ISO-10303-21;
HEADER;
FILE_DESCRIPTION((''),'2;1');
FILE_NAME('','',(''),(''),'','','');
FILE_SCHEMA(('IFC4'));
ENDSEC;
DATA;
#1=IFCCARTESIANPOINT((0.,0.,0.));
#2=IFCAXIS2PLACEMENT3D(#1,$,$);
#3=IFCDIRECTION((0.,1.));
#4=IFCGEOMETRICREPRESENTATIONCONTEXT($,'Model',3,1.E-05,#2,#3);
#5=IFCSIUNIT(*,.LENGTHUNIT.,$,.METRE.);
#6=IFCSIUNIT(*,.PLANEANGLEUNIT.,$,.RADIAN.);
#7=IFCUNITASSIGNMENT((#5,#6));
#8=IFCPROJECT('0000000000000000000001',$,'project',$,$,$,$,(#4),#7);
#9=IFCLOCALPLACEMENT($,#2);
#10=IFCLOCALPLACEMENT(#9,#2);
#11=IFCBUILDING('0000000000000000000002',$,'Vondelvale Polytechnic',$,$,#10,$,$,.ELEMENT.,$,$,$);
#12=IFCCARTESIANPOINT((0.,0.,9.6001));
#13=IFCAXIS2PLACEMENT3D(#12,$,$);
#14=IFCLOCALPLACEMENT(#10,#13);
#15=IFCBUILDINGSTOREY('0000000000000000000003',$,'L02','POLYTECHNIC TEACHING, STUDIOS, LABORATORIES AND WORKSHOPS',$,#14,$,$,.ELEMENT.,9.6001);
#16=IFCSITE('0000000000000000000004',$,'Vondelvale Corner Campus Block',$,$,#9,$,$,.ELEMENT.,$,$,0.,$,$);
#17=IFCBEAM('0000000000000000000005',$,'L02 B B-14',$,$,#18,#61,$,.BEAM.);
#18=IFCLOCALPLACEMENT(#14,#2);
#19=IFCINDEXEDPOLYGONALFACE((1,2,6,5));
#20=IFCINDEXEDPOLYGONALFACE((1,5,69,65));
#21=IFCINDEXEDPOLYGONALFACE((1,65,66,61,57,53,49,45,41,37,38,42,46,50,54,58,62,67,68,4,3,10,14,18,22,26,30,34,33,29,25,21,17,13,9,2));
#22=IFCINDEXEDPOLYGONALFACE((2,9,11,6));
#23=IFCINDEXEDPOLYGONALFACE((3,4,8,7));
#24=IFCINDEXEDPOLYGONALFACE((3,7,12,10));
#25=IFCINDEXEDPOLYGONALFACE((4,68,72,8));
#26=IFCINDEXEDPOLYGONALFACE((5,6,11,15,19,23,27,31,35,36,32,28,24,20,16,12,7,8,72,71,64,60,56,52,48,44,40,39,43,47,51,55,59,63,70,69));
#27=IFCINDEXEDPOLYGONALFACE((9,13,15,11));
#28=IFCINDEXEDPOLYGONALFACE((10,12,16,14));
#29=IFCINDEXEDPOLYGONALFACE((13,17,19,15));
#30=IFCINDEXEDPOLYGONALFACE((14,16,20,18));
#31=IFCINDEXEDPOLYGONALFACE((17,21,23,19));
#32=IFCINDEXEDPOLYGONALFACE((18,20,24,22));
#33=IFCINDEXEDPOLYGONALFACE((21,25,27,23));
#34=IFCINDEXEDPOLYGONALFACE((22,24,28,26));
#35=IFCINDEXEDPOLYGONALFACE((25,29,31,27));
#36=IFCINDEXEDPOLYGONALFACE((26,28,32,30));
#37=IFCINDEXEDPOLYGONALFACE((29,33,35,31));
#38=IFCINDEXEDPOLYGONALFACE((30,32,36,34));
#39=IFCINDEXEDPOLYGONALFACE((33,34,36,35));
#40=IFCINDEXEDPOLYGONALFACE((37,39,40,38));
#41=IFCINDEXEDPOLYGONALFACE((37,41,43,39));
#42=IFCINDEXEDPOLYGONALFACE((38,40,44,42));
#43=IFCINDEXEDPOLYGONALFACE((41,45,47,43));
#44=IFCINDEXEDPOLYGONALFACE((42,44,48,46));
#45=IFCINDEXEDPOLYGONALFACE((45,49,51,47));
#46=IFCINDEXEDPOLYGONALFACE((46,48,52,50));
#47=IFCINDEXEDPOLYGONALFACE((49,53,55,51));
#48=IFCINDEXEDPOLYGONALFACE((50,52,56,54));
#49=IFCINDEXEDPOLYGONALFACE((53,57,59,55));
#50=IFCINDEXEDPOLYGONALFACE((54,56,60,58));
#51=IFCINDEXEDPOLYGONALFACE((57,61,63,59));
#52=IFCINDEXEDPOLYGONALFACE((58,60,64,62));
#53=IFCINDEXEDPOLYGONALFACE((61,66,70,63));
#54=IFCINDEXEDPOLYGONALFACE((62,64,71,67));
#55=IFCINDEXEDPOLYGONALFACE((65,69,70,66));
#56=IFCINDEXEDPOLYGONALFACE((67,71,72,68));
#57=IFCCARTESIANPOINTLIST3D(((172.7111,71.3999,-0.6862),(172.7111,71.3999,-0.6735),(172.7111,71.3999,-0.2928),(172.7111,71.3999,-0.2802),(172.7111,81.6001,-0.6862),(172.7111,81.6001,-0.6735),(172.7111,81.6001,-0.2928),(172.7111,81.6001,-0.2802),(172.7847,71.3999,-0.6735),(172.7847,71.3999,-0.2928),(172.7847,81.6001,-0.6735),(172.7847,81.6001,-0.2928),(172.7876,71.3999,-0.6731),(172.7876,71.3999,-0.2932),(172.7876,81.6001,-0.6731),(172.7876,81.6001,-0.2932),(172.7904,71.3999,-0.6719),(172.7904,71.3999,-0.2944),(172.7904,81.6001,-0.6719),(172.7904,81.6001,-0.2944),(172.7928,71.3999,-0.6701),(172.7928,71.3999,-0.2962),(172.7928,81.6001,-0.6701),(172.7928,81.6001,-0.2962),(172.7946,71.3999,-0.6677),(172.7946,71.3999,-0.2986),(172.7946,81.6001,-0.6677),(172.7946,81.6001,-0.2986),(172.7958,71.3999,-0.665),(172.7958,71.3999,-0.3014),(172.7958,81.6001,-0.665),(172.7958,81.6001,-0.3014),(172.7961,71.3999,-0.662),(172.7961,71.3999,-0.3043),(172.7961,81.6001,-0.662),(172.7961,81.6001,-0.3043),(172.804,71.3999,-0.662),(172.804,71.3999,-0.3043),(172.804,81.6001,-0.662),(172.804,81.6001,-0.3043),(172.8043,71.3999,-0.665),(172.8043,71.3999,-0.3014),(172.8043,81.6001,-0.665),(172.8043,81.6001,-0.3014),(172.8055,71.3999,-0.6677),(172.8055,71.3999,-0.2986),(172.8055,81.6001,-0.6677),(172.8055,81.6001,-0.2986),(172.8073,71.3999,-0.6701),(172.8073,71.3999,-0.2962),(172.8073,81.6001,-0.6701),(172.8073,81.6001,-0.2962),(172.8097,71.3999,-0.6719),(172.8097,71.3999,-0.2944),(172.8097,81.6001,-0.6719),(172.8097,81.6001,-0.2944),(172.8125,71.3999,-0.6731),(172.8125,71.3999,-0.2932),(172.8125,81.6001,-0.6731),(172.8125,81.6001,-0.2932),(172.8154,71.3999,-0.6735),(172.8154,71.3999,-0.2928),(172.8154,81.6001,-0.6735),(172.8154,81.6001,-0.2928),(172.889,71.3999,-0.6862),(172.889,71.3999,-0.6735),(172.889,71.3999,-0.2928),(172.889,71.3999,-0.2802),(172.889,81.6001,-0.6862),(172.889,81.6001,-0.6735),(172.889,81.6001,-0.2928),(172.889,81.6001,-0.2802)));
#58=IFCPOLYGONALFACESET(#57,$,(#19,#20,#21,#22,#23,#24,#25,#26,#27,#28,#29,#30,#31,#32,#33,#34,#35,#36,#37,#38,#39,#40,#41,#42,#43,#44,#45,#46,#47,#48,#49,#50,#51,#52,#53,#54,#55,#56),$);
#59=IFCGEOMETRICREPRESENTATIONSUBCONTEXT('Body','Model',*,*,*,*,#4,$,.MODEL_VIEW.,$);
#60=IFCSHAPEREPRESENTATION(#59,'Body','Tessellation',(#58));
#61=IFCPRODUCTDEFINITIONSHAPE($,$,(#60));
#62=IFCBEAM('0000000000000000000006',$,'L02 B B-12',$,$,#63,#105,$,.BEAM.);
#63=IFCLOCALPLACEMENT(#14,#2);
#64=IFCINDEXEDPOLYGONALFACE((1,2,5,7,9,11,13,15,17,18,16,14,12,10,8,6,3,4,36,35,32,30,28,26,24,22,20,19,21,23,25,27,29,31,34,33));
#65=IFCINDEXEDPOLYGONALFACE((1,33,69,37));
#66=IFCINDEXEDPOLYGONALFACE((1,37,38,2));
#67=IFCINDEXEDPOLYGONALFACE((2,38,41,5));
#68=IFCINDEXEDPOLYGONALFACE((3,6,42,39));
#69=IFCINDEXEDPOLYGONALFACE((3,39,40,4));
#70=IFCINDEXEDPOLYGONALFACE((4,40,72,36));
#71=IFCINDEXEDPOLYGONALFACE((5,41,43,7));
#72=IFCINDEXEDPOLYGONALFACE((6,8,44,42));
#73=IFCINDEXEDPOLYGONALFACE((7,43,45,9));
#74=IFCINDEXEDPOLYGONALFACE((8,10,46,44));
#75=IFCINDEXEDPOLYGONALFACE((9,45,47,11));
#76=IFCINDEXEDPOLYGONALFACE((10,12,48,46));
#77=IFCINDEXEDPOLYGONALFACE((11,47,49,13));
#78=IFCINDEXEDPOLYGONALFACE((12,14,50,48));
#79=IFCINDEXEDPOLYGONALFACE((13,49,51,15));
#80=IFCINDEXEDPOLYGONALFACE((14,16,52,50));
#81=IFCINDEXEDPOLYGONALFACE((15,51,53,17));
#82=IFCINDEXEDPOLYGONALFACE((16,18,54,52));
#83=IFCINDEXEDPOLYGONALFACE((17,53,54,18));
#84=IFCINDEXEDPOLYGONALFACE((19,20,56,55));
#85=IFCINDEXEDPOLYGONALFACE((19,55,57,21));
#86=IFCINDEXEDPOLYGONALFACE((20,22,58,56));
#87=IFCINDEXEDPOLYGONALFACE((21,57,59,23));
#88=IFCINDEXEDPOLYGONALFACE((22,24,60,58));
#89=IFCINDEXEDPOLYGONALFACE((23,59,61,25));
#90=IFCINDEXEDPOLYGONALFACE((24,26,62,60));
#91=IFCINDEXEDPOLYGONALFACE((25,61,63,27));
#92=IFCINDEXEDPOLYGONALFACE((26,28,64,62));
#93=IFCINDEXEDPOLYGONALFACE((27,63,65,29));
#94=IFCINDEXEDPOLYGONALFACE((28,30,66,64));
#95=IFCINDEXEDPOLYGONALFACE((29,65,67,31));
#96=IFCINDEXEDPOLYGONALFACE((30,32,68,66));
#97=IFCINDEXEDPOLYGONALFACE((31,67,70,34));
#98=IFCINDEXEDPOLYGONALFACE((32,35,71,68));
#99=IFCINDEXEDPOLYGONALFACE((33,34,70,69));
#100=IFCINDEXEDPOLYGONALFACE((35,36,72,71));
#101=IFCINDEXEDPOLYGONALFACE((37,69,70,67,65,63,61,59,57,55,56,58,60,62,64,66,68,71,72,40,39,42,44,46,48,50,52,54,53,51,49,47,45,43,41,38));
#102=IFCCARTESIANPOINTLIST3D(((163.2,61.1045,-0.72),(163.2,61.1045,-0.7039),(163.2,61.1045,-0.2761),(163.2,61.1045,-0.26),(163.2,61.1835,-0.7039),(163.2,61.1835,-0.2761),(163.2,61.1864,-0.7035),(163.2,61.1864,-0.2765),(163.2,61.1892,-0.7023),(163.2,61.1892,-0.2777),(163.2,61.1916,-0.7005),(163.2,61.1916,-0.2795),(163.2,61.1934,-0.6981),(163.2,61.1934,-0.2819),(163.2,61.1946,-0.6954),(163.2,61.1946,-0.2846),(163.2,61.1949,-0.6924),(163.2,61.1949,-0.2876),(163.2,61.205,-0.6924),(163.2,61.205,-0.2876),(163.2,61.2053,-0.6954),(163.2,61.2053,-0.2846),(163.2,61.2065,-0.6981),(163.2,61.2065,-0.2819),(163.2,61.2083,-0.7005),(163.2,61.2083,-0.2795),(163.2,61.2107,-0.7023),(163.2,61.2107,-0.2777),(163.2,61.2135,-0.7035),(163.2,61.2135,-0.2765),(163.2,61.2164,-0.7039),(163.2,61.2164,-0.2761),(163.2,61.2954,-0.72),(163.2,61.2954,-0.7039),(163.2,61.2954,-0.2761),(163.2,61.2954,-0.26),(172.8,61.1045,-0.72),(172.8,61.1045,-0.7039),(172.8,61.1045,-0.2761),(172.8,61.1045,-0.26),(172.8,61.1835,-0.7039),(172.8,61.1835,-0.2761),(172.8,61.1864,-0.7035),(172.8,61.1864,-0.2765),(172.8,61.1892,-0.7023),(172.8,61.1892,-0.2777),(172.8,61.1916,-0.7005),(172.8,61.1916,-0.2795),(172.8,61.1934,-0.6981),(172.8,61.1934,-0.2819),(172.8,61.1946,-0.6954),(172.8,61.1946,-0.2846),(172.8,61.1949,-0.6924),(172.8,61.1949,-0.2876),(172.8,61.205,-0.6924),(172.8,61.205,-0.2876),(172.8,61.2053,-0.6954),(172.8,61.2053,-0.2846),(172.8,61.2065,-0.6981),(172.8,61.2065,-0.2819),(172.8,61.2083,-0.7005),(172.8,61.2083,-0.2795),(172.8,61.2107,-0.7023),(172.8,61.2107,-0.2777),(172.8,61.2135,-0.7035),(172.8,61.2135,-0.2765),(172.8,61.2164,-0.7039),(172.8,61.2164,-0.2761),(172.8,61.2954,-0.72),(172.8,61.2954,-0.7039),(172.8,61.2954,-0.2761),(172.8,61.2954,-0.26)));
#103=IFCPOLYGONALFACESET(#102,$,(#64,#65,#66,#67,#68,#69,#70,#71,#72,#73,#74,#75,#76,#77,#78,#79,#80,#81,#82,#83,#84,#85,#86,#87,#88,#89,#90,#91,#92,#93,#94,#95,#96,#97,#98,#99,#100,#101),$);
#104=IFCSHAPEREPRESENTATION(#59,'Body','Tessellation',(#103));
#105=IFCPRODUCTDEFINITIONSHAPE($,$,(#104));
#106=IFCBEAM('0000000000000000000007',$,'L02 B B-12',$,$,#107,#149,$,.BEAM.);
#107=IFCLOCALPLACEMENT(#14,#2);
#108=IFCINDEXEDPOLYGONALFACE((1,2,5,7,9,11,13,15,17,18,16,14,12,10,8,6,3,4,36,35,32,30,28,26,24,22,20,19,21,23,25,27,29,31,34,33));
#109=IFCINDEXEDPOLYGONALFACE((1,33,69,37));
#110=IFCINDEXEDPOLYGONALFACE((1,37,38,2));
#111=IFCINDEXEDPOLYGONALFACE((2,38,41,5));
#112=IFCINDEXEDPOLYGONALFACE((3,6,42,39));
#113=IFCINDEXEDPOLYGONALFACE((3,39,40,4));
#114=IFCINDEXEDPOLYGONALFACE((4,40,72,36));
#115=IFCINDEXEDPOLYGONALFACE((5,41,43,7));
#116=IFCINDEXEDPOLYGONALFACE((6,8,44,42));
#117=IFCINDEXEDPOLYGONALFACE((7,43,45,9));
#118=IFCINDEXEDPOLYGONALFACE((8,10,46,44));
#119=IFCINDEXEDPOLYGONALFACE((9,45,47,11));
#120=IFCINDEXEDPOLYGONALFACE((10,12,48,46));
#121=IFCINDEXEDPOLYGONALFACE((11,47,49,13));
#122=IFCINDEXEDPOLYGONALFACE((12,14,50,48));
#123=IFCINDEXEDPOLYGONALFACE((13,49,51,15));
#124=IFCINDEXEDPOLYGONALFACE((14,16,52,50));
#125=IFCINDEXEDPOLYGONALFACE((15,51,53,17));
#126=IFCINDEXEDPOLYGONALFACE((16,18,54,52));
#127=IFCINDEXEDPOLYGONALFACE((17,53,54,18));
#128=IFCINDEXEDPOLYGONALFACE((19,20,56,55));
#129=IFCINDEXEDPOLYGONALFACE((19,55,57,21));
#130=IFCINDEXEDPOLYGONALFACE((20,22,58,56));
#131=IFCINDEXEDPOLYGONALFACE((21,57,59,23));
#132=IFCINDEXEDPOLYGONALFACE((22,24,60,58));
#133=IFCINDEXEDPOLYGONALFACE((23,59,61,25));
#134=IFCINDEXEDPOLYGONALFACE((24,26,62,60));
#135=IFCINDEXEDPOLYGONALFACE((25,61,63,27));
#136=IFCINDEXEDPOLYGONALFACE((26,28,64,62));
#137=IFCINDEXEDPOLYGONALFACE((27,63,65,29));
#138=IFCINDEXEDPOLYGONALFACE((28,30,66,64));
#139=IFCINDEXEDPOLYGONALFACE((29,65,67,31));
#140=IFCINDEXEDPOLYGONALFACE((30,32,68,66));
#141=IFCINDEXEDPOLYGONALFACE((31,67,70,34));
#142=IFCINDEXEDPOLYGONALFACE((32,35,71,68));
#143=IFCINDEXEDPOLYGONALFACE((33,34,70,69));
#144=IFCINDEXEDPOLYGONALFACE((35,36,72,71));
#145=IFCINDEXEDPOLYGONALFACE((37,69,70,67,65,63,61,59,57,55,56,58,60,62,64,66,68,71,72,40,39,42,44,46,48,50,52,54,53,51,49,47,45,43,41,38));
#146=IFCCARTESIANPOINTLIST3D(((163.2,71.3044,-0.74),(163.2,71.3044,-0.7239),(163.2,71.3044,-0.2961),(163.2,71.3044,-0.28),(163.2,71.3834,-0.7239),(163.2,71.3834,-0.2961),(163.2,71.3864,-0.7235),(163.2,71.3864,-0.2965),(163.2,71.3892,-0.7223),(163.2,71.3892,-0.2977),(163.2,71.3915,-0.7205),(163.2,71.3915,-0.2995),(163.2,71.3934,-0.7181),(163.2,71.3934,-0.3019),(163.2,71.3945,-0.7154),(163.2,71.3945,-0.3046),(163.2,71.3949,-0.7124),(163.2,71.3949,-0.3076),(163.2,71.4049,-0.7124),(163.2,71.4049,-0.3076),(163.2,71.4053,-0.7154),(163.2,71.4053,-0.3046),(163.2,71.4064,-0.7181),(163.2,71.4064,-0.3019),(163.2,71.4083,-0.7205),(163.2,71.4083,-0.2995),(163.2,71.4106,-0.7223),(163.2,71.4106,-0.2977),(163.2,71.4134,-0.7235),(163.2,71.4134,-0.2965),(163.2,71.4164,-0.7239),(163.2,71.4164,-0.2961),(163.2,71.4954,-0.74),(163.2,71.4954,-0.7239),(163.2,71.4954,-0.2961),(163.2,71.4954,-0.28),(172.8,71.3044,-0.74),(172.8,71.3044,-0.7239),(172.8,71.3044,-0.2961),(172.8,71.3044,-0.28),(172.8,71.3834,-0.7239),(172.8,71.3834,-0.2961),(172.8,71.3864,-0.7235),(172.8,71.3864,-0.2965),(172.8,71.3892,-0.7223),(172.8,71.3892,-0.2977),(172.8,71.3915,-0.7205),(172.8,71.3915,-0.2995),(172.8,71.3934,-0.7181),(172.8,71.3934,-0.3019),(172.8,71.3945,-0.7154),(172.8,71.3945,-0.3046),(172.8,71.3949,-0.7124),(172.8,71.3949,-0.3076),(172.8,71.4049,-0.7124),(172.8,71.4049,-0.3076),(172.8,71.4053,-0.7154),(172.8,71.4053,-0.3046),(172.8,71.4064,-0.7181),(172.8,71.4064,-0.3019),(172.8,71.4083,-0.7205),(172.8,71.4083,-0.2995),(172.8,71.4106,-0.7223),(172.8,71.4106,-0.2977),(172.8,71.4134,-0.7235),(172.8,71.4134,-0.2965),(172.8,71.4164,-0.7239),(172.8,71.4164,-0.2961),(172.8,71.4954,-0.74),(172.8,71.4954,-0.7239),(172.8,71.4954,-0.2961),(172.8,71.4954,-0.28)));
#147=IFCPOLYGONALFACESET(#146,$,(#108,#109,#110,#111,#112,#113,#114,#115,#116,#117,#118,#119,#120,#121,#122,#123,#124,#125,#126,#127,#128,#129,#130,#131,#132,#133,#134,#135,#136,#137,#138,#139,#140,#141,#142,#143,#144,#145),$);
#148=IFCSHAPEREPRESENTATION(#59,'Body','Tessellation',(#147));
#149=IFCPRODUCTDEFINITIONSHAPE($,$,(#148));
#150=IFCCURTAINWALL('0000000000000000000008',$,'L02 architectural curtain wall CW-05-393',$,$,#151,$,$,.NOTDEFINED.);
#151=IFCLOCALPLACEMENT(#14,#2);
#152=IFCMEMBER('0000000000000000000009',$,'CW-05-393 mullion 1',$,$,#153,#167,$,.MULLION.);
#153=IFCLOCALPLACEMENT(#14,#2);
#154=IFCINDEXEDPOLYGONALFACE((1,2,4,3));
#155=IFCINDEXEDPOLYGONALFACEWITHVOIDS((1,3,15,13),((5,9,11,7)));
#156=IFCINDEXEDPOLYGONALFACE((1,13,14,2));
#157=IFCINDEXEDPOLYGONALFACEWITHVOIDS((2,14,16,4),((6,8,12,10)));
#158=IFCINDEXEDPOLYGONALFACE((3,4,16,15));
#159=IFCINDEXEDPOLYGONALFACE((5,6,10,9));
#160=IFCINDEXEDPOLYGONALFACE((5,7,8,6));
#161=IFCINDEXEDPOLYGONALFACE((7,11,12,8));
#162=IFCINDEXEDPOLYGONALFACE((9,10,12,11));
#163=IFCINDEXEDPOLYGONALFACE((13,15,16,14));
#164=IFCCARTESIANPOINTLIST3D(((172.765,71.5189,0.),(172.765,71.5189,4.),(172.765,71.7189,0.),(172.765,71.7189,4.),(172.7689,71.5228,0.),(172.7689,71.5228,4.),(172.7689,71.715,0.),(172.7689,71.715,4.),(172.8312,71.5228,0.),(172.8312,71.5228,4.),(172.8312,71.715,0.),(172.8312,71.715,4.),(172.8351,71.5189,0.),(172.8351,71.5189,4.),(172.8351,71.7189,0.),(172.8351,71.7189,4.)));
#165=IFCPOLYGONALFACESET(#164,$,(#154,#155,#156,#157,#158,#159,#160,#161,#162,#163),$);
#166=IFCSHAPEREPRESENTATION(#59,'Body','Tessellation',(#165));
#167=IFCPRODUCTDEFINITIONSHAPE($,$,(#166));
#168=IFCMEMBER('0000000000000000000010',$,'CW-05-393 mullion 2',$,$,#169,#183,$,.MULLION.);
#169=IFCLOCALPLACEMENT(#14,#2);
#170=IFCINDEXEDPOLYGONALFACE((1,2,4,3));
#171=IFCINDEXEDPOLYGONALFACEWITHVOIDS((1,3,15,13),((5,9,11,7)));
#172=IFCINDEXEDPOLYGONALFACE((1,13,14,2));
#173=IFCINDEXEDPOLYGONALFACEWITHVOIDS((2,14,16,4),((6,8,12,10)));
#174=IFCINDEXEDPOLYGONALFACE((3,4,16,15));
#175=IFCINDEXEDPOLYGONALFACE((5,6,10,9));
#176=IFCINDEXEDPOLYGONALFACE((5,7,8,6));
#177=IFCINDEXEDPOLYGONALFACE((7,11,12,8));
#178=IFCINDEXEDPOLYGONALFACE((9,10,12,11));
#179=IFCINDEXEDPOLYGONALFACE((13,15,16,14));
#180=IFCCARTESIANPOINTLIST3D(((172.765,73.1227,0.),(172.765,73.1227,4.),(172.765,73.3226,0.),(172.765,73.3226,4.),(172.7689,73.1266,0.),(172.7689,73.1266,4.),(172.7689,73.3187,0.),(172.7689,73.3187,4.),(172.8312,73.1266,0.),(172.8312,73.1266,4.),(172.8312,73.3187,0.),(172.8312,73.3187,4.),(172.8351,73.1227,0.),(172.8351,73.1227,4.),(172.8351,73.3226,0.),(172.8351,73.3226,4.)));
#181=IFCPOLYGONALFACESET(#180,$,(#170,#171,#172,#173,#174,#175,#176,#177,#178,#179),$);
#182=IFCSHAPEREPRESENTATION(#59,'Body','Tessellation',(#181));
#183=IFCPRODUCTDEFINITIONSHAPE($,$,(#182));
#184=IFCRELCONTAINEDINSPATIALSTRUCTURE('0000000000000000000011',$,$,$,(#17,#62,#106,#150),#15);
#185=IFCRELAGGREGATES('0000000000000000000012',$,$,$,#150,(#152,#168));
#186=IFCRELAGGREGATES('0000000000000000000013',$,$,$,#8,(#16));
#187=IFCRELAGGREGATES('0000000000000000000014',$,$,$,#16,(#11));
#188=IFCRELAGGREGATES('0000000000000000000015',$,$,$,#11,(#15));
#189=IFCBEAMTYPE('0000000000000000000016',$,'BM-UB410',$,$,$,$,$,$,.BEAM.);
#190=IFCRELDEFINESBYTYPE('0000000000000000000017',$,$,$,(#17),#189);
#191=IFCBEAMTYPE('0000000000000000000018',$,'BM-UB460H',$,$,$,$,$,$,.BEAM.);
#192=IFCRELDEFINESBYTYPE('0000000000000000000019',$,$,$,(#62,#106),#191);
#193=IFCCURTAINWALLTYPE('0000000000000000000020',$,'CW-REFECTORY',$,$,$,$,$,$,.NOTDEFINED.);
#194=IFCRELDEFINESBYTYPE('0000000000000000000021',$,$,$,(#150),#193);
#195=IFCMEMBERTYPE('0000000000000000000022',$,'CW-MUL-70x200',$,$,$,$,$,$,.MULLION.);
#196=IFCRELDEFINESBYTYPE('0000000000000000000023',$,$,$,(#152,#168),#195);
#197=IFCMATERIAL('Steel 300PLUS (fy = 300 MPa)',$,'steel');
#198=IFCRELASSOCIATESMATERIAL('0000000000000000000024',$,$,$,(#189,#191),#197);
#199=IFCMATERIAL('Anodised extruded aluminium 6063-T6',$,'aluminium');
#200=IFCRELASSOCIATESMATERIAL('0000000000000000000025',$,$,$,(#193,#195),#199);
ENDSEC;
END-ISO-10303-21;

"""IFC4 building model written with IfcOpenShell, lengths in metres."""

from ifc_helpers import new_model, si_unit, direction, frame, origin, origin_2d, place, context, subcontext, project, spatial, hollow_rectangle, i_section, extrude, material, material_profile, profile_set, type_object, element, aggregate, save


model = new_model("IFC4")

# Units and contexts
model_context = context("Model", 3, precision=1e-05, world=origin(), true_north=direction((0.0, 1.0)))
body_context = subcontext(model_context, "Body", "Model", "MODEL_VIEW")
ifc_project = project(units=[si_unit("LENGTHUNIT", "METRE"), si_unit("PLANEANGLEUNIT", "RADIAN")], contexts=[model_context])

# Site, building, storey
site_placement = place(None, origin())
site = spatial("IfcSite", under=ifc_project, at=site_placement, Name="Vondelvale Corner Campus Block", CompositionType="ELEMENT", RefElevation=0.0)
building_placement = place(site_placement, origin())
building = spatial("IfcBuilding", under=site, at=building_placement, Name="Vondelvale Polytechnic", CompositionType="ELEMENT")
storey_placement = place(building_placement, frame((0.0, 0.0, 9.6001)))
storey = spatial("IfcBuildingStorey", under=building, at=storey_placement, Name="L02", Description="POLYTECHNIC TEACHING, STUDIOS, LABORATORIES AND WORKSHOPS", CompositionType="ELEMENT", Elevation=9.6001)

# Shared definitions
ifc_material_1 = material(Name="Steel 300PLUS (fy = 300 MPa)", Category="steel")

# Beams
ifc_material_profile_1 = material_profile(ifc_material_1, i_section(OverallWidth=0.178, OverallDepth=0.406, WebThickness=0.0078, FlangeThickness=0.0127, FilletRadius=0.0115, at=origin_2d()), Name="410UB59.7")
ifc_profile_set_1 = profile_set([ifc_material_profile_1], Name="Steel 300PLUS (fy = 300 MPa)")
beam_type_1 = type_object("IfcBeamType", Name="BM-UB410", PredefinedType="BEAM", material=ifc_profile_set_1)
beam_1_placement = place(storey_placement, frame((172.8, 71.3999, -0.4832), z_axis=(0.0, 1.0, 0.0), x_axis=(-1.0, 0.0, 0.0)))
element("IfcBeam", 1, at=beam_1_placement, inside=storey, type_object=beam_type_1, Name="L02 B B-14", PredefinedType="BEAM", context=body_context, shape_type="SweptSolid", body=[
    extrude(i_section(OverallWidth=0.178, OverallDepth=0.406, WebThickness=0.0078, FlangeThickness=0.0127, FilletRadius=0.0115, at=origin_2d()), origin(), (0.0, 0.0, 1.0), 10.2002),
])
ifc_material_profile_2 = material_profile(ifc_material_1, i_section(OverallWidth=0.1909, OverallDepth=0.46, WebThickness=0.01, FlangeThickness=0.0161, FilletRadius=0.0115, at=origin_2d()), Name="460UB82.1")
ifc_profile_set_2 = profile_set([ifc_material_profile_2], Name="Steel 300PLUS (fy = 300 MPa)")
beam_type_2 = type_object("IfcBeamType", Name="BM-UB460H", PredefinedType="BEAM", material=ifc_profile_set_2)
for number, where, z_axis, x_axis, name in (
    (2, (163.2, 61.2, -0.49), (1.0, 0.0, 0.0), (0.0, 1.0, 0.0), "L02 B B-12"),
    (3, (163.2, 71.3999, -0.51), (1.0, 0.0, 0.0), (0.0, 1.0, 0.0), "L02 B B-12"),
):
    element("IfcBeam", number, at=place(storey_placement, frame(where, z_axis=z_axis, x_axis=x_axis)), inside=storey, type_object=beam_type_2, Name=name, PredefinedType="BEAM", context=body_context, shape_type="SweptSolid", body=[
        extrude(i_section(OverallWidth=0.1909, OverallDepth=0.46, WebThickness=0.01, FlangeThickness=0.0161, FilletRadius=0.0115, at=origin_2d()), origin(), (0.0, 0.0, 1.0), 9.6001),
    ])

# Curtain wall, members
ifc_material_2 = material(Name="Anodised extruded aluminium 6063-T6", Category="aluminium")
curtain_wall_type = type_object("IfcCurtainWallType", Name="CW-REFECTORY", PredefinedType="NOTDEFINED", material=ifc_material_2)
curtain_wall_placement = place(storey_placement, origin())
curtain_wall = element("IfcCurtainWall", 4, at=curtain_wall_placement, inside=storey, type_object=curtain_wall_type, Name="L02 architectural curtain wall CW-05-393", PredefinedType="NOTDEFINED")
ifc_material_profile_3 = material_profile(ifc_material_2, hollow_rectangle(XDim=0.0701, YDim=0.2, WallThickness=0.0039, at=origin_2d()), Name="CW-MUL-200x70")
ifc_profile_set_3 = profile_set([ifc_material_profile_3], Name="Anodised extruded aluminium 6063-T6")
member_type_1 = type_object("IfcMemberType", Name="CW-MUL-70x200", PredefinedType="MULLION", material=ifc_profile_set_3)
member_1_placement = place(storey_placement, frame((172.8, 71.6189, 0.0), z_axis=(0.0, 0.0, 1.0), x_axis=(-1.0, 0.0, 0.0)))
member_1 = element("IfcMember", 5, at=member_1_placement, type_object=member_type_1, Name="CW-05-393 mullion 1", PredefinedType="MULLION", context=body_context, shape_type="SweptSolid", body=[
    extrude(hollow_rectangle(XDim=0.0701, YDim=0.2, WallThickness=0.0039, at=origin_2d()), origin(), (0.0, 0.0, 1.0), 4.0),
])
member_2_placement = place(storey_placement, frame((172.8, 73.2227, 0.0), z_axis=(0.0, 0.0, 1.0), x_axis=(-1.0, 0.0, 0.0)))
member_2 = element("IfcMember", 6, at=member_2_placement, type_object=member_type_1, Name="CW-05-393 mullion 2", PredefinedType="MULLION", context=body_context, shape_type="SweptSolid", body=[
    extrude(hollow_rectangle(XDim=0.0701, YDim=0.2, WallThickness=0.0039, at=origin_2d()), origin(), (0.0, 0.0, 1.0), 4.0),
])
aggregate(curtain_wall, [member_1, member_2])

save(model, "model.ifc")
